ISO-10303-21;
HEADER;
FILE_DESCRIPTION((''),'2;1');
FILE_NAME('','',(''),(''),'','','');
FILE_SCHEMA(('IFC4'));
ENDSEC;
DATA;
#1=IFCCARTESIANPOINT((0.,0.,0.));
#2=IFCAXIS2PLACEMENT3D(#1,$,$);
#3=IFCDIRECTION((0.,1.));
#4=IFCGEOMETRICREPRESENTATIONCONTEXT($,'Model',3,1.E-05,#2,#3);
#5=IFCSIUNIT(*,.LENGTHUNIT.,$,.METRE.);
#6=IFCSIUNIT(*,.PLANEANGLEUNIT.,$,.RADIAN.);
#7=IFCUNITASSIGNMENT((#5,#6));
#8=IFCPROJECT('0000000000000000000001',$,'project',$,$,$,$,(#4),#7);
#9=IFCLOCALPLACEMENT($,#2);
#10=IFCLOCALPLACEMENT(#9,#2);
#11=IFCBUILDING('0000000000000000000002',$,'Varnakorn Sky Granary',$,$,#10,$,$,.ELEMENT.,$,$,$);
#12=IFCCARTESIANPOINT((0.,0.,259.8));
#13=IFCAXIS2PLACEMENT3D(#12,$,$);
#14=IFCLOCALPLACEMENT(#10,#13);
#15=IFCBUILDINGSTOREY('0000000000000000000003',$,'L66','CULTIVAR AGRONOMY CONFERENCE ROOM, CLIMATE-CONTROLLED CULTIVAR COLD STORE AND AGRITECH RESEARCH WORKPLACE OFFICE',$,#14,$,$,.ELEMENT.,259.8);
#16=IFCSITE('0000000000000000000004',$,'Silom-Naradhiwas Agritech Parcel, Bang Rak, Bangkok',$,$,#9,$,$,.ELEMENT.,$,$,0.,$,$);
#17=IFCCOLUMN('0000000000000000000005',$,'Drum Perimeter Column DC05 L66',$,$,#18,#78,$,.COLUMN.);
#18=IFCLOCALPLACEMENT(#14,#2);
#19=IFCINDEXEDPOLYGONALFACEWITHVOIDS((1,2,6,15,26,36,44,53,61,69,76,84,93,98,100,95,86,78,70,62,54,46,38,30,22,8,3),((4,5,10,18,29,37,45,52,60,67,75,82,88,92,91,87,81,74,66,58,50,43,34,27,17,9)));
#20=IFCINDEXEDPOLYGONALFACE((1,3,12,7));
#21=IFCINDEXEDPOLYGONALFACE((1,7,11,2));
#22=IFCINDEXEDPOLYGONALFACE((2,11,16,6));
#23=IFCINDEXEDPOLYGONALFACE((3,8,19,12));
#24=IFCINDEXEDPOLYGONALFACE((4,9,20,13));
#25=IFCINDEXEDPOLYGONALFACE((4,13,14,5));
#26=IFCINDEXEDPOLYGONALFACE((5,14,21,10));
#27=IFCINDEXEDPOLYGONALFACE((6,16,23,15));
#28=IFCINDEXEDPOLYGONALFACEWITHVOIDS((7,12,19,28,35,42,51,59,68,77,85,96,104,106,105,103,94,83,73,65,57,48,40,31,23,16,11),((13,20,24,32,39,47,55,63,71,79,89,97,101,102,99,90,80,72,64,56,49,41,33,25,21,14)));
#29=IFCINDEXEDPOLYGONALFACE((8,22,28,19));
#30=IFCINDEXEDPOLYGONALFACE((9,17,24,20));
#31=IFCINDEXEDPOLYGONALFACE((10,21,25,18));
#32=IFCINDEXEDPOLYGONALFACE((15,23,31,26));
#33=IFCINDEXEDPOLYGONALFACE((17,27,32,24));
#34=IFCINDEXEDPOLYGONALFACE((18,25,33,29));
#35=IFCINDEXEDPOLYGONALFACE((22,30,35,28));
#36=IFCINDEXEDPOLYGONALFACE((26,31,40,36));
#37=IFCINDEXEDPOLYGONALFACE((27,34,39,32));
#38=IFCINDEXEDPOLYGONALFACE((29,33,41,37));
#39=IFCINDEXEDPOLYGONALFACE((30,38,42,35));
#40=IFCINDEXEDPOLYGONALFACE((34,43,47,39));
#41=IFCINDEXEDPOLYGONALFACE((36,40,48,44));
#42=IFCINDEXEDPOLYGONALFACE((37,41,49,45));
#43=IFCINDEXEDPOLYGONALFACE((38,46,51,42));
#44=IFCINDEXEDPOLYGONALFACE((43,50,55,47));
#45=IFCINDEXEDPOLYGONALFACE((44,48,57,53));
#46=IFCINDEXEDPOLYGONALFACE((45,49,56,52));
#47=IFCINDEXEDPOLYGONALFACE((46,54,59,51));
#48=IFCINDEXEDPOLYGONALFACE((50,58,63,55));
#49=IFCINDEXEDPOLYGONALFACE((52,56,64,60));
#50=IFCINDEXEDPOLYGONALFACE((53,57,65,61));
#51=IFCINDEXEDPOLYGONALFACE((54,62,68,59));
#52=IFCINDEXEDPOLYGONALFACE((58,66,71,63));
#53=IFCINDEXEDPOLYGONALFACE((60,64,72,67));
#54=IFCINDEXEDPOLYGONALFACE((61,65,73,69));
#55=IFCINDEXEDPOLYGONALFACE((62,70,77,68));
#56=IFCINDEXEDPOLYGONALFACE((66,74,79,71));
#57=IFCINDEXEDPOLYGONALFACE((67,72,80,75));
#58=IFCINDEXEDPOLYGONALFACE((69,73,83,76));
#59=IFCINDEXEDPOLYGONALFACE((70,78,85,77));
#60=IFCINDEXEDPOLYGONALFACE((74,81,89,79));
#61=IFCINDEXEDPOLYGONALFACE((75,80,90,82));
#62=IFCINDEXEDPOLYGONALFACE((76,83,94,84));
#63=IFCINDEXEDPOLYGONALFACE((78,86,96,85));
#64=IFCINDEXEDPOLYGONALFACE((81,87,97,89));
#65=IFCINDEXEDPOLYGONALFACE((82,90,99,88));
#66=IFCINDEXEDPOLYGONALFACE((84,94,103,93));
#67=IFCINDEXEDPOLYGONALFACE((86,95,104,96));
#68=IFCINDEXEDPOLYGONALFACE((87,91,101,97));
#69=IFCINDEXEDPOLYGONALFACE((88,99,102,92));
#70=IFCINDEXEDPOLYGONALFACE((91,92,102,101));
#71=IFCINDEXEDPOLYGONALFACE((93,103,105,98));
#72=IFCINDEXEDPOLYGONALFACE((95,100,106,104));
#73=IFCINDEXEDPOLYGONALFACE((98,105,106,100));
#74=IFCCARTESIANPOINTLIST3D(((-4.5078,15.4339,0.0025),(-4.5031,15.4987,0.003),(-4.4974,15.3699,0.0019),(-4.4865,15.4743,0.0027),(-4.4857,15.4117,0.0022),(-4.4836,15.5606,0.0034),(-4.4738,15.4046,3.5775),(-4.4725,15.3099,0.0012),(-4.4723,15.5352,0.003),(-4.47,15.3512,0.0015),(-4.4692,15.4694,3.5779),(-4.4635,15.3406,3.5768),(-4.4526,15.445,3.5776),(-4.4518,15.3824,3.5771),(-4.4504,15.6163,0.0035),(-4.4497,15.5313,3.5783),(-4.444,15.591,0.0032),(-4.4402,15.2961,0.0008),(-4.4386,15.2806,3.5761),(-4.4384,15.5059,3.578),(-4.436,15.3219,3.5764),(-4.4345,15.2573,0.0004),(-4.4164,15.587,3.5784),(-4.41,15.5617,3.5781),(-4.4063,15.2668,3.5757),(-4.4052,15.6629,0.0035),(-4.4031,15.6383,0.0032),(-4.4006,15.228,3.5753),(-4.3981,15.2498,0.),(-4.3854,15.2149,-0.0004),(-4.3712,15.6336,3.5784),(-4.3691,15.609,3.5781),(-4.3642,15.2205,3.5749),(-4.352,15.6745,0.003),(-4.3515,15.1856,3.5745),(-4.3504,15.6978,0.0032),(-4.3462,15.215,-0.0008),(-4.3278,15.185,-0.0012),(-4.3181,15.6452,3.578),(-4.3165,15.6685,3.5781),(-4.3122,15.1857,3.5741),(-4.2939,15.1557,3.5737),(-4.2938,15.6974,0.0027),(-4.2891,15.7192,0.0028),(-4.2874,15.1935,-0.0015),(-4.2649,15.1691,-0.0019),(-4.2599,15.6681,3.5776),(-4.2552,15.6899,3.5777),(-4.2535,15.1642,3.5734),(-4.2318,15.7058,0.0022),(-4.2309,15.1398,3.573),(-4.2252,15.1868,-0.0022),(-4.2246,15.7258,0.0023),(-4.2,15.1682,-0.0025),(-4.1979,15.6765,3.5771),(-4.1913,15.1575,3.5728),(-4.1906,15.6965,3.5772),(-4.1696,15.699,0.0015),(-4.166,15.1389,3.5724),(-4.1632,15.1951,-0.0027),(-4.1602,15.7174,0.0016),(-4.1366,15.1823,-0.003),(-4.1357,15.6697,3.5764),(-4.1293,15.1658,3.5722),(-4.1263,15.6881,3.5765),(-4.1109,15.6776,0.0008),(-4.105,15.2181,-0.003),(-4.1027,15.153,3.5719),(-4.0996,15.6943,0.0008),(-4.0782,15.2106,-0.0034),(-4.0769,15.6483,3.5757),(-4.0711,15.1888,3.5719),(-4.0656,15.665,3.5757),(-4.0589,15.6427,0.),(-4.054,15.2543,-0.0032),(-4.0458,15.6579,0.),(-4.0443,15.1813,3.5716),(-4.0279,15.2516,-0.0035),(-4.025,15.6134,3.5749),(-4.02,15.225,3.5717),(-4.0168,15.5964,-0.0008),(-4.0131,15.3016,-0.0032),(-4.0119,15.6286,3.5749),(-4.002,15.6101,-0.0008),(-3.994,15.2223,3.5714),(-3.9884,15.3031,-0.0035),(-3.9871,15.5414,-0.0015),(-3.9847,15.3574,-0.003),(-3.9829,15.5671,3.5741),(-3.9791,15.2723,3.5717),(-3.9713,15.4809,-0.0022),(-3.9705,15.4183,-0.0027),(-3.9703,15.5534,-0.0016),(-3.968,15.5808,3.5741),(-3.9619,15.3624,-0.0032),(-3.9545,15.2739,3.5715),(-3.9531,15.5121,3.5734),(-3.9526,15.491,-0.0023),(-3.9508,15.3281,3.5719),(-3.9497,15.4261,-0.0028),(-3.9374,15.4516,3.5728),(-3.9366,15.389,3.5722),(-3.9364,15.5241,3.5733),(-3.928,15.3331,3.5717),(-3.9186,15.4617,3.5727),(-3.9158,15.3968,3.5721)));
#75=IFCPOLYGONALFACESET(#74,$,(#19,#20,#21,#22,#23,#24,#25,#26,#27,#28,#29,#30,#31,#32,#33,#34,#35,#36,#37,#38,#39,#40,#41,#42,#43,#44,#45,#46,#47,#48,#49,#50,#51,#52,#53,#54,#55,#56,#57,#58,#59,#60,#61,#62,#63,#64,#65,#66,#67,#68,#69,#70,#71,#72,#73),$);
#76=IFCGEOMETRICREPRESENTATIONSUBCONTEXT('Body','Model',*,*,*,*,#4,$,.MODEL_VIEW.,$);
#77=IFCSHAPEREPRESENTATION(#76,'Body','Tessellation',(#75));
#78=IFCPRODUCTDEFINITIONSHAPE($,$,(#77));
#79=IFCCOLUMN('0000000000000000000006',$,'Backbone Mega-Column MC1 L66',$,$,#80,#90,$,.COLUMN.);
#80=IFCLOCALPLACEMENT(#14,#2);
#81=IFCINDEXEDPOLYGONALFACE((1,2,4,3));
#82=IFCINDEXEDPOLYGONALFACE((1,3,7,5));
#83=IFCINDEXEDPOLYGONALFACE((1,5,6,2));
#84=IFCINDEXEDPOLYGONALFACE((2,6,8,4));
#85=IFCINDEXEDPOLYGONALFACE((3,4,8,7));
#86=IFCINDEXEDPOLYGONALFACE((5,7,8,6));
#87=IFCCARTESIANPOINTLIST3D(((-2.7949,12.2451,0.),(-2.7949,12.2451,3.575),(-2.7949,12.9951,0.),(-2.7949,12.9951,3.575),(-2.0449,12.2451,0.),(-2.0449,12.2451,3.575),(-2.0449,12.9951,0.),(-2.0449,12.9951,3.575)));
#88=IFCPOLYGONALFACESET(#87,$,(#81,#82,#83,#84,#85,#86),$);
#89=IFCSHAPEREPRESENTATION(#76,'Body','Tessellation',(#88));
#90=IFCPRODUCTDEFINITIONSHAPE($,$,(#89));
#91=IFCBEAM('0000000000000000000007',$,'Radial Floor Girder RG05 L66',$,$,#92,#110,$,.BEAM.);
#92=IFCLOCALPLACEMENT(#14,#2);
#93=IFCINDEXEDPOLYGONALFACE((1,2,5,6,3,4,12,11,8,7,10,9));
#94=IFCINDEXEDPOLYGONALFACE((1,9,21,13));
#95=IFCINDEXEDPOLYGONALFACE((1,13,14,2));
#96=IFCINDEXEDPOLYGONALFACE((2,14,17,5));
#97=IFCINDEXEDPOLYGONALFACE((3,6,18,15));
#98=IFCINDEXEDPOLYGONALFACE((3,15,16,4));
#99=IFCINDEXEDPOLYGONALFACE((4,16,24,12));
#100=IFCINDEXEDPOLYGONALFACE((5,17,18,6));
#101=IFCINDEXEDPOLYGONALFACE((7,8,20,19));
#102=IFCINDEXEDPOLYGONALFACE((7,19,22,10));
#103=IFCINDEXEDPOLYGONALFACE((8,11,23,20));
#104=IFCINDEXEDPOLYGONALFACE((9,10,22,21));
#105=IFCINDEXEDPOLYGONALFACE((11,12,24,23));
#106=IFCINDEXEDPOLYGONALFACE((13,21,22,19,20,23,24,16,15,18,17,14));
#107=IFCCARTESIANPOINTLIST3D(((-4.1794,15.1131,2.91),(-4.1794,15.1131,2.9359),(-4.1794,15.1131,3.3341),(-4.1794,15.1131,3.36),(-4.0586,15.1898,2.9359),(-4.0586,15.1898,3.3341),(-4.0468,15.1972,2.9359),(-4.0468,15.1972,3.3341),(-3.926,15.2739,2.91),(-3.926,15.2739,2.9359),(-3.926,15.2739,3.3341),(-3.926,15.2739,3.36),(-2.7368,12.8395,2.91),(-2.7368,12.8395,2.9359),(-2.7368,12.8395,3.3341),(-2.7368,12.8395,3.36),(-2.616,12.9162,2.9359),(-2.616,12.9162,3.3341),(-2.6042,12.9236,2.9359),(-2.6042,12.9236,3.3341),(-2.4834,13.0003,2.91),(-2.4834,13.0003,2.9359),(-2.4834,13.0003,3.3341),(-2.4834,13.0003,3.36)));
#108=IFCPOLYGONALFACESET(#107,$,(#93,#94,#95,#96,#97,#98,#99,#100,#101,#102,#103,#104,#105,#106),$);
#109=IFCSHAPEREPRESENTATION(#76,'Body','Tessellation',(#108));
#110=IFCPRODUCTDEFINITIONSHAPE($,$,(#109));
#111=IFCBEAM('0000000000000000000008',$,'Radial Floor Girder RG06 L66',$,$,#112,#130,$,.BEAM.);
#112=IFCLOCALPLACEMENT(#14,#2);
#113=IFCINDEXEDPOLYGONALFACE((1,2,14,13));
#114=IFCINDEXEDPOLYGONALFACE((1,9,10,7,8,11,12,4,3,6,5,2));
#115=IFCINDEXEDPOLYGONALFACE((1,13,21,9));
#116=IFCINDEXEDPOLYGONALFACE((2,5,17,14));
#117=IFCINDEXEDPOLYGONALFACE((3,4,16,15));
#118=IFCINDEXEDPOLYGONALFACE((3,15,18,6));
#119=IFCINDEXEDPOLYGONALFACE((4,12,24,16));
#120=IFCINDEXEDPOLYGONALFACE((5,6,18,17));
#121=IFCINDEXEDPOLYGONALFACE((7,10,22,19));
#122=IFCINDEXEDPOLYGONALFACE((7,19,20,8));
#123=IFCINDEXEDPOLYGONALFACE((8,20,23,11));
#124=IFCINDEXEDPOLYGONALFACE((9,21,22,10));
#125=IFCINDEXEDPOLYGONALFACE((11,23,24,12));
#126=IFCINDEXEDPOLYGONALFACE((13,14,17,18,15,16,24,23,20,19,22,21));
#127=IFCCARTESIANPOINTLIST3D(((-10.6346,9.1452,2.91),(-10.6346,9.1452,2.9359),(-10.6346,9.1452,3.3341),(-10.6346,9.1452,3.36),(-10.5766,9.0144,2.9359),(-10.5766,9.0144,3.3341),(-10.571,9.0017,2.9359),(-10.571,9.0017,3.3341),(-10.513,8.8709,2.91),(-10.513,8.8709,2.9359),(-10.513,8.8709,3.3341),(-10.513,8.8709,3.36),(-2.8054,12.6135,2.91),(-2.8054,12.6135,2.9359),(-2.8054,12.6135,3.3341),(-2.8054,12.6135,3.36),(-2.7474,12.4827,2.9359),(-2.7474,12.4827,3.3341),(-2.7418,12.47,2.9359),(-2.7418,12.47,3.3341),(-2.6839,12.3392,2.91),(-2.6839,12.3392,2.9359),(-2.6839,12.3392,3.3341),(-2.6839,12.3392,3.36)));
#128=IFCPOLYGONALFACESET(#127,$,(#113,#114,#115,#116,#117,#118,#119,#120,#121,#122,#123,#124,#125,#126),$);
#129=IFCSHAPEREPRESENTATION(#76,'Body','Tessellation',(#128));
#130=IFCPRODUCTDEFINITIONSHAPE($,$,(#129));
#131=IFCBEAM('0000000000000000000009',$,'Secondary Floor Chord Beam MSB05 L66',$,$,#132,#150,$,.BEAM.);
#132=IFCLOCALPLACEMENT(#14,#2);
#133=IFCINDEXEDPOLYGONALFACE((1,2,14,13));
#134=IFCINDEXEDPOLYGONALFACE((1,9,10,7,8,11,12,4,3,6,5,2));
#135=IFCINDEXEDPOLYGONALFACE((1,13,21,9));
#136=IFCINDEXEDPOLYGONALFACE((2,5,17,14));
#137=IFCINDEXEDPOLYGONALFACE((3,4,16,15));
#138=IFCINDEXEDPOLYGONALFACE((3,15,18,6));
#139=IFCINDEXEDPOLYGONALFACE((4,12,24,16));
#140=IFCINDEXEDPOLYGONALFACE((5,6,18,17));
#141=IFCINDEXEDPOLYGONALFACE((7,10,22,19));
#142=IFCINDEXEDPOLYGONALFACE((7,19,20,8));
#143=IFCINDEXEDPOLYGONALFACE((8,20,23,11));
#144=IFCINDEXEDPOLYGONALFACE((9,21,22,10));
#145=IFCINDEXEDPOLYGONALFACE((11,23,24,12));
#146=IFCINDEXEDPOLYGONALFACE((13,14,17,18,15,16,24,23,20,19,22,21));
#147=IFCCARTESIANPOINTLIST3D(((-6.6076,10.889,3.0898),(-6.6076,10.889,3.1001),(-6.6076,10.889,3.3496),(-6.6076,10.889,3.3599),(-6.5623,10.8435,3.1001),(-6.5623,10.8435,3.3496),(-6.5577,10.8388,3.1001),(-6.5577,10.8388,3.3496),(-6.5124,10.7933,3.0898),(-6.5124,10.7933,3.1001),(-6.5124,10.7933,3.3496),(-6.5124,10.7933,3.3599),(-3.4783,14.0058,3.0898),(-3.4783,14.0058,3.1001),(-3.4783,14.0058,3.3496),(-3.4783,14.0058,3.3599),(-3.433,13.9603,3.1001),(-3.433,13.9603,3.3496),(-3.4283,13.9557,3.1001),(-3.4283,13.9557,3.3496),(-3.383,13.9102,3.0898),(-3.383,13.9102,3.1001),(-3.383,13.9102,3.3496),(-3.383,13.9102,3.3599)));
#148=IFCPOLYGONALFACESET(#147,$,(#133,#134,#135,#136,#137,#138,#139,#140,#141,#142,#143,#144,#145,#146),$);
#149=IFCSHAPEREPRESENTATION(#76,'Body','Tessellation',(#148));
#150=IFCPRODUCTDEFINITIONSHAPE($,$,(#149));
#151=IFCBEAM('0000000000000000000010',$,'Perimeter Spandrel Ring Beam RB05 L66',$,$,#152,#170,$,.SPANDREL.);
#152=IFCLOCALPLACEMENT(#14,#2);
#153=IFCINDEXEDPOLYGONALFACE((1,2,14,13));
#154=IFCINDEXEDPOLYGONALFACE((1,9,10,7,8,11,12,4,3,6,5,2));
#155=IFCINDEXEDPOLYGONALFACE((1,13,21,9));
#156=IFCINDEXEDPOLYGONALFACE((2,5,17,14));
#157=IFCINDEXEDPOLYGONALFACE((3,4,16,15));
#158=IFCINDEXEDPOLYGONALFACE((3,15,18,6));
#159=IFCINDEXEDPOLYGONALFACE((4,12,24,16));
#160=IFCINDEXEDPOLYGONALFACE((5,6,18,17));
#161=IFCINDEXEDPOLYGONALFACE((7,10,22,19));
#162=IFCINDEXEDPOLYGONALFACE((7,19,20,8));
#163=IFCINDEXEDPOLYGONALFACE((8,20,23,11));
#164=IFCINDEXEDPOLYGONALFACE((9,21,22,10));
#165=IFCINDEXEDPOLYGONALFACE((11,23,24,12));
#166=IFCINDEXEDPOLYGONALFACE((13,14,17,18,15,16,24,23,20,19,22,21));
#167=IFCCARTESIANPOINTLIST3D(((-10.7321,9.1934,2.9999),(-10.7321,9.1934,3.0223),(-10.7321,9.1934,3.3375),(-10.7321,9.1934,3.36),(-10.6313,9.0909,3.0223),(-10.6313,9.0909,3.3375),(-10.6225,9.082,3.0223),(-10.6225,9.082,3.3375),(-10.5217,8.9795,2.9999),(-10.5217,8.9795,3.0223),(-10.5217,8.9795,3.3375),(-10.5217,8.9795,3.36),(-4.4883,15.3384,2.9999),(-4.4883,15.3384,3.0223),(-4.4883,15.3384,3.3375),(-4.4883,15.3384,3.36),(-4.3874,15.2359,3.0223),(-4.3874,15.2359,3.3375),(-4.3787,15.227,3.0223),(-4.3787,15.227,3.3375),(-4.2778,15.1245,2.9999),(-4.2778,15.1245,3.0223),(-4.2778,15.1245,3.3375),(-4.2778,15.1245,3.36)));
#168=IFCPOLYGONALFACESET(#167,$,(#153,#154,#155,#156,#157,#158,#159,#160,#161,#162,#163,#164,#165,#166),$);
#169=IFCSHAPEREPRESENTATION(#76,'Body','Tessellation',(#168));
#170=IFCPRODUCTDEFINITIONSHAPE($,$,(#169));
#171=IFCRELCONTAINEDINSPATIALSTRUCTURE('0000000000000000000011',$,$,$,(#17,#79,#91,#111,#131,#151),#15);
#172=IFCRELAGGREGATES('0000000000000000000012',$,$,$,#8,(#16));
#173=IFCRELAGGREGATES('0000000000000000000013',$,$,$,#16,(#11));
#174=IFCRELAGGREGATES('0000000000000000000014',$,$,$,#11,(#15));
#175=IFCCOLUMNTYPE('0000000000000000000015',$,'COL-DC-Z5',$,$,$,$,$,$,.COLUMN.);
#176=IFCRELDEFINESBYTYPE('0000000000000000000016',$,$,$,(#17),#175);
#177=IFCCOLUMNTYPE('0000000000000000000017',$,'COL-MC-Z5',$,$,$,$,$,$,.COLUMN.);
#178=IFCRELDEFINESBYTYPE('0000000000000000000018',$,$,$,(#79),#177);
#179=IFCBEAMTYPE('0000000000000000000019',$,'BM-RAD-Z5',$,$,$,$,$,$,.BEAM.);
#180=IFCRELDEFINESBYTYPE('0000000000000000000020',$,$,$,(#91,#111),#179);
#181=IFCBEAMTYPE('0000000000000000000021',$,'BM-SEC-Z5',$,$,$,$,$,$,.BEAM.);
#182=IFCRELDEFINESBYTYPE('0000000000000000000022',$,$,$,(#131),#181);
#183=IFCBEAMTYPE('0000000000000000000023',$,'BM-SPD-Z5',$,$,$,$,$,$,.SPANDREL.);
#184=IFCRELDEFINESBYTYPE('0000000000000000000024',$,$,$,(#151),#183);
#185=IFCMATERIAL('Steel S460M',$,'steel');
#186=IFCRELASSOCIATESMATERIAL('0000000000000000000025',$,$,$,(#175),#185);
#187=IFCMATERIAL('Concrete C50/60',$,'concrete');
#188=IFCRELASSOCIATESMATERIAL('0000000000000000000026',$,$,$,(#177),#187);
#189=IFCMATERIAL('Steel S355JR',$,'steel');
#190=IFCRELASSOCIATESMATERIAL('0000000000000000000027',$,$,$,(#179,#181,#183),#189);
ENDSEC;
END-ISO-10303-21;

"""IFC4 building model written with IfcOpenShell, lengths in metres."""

from ifc_helpers import new_model, si_unit, direction, frame, origin, origin_2d, place, context, subcontext, project, spatial, rectangle, hollow_circle, i_section, extrude, material, material_profile, profile_set, type_object, element, save


model = new_model("IFC4")

# Units and contexts
model_context = context("Model", 3, precision=1e-05, world=origin(), true_north=direction((0.0, 1.0)))
body_context = subcontext(model_context, "Body", "Model", "MODEL_VIEW")
ifc_project = project(units=[si_unit("LENGTHUNIT", "METRE"), si_unit("PLANEANGLEUNIT", "RADIAN")], contexts=[model_context])

# Site, building, storey
site_placement = place(None, origin())
site = spatial("IfcSite", under=ifc_project, at=site_placement, Name="Silom-Naradhiwas Agritech Parcel, Bang Rak, Bangkok", CompositionType="ELEMENT", RefElevation=0.0)
building_placement = place(site_placement, origin())
building = spatial("IfcBuilding", under=site, at=building_placement, Name="Varnakorn Sky Granary", CompositionType="ELEMENT")
storey_placement = place(building_placement, frame((0.0, 0.0, 259.8)))
storey = spatial("IfcBuildingStorey", under=building, at=storey_placement, Name="L66", Description="CULTIVAR AGRONOMY CONFERENCE ROOM, CLIMATE-CONTROLLED CULTIVAR COLD STORE AND AGRITECH RESEARCH WORKPLACE OFFICE", CompositionType="ELEMENT", Elevation=259.8)

# Columns
ifc_material_1 = material(Name="Steel S460M", Category="steel")
ifc_material_profile_1 = material_profile(ifc_material_1, hollow_circle(Radius=0.2795, WallThickness=0.02, at=origin_2d()), Name="CHS 559x20")
ifc_profile_set_1 = profile_set([ifc_material_profile_1], Name="Steel S460M")
column_type_1 = type_object("IfcColumnType", Name="COL-DC-Z5", PredefinedType="COLUMN", material=ifc_profile_set_1)
column_1_placement = place(storey_placement, frame((-4.2285, 15.4463, 0.0), z_axis=(0.009492, -0.008194, 0.999921), x_axis=(0.653478, 0.756945, 0.0)))
element("IfcColumn", 1, at=column_1_placement, inside=storey, type_object=column_type_1, Name="Drum Perimeter Column DC05 L66", PredefinedType="COLUMN", context=body_context, shape_type="SweptSolid", body=[
    extrude(hollow_circle(Radius=0.2795, WallThickness=0.02, at=origin_2d()), origin(), (0.0, 0.0, 1.0), 3.5752),
])
ifc_material_2 = material(Name="Concrete C50/60", Category="concrete")
ifc_material_profile_2 = material_profile(ifc_material_2, rectangle(XDim=0.75, YDim=0.75, at=origin_2d()), Name="RC 750x750")
ifc_profile_set_2 = profile_set([ifc_material_profile_2], Name="Concrete C50/60")
column_type_2 = type_object("IfcColumnType", Name="COL-MC-Z5", PredefinedType="COLUMN", material=ifc_profile_set_2)
column_2_placement = place(storey_placement, frame((-2.4199, 12.6201, 0.0), z_axis=(0.0, 0.0, 1.0), x_axis=(1.0, 0.0, 0.0)))
element("IfcColumn", 2, at=column_2_placement, inside=storey, type_object=column_type_2, Name="Backbone Mega-Column MC1 L66", PredefinedType="COLUMN", context=body_context, shape_type="SweptSolid", body=[
    extrude(rectangle(XDim=0.75, YDim=0.75, at=origin_2d()), origin(), (0.0, 0.0, 1.0), 3.575),
])

# Beams
ifc_material_3 = material(Name="Steel S355JR", Category="steel")
ifc_material_profile_3 = material_profile(ifc_material_3, i_section(OverallWidth=0.3, OverallDepth=0.45, WebThickness=0.0139, FlangeThickness=0.0259, at=origin_2d()), Name="HE 450 B")
ifc_profile_set_3 = profile_set([ifc_material_profile_3], Name="Steel S355JR")
beam_type_1 = type_object("IfcBeamType", Name="BM-RAD-Z5", PredefinedType="BEAM", material=ifc_profile_set_3)
beam_1_placement = place(storey_placement, frame((-2.6101, 12.9199, 3.135), z_axis=(-0.535749, 0.844378, 0.0), x_axis=(-0.844378, -0.535749, 0.0)))
element("IfcBeam", 3, at=beam_1_placement, inside=storey, type_object=beam_type_1, Name="Radial Floor Girder RG05 L66", PredefinedType="BEAM", context=body_context, shape_type="SweptSolid", body=[
    extrude(i_section(OverallWidth=0.3, OverallDepth=0.45, WebThickness=0.0139, FlangeThickness=0.0259, at=origin_2d()), origin(), (0.0, 0.0, 1.0), 2.6926),
])
beam_2_placement = place(storey_placement, frame((-2.7446, 12.4763, 3.135), z_axis=(-0.914302, -0.405032, 0.0), x_axis=(0.405032, -0.914302, 0.0)))
element("IfcBeam", 4, at=beam_2_placement, inside=storey, type_object=beam_type_1, Name="Radial Floor Girder RG06 L66", PredefinedType="BEAM", context=body_context, shape_type="SweptSolid", body=[
    extrude(i_section(OverallWidth=0.3, OverallDepth=0.45, WebThickness=0.0139, FlangeThickness=0.0259, at=origin_2d()), origin(), (0.0, 0.0, 1.0), 8.563),
])
ifc_material_profile_4 = material_profile(ifc_material_3, i_section(OverallWidth=0.135, OverallDepth=0.27, WebThickness=0.0066, FlangeThickness=0.0103, at=origin_2d()), Name="IPE 270")
ifc_profile_set_4 = profile_set([ifc_material_profile_4], Name="Steel S355JR")
beam_type_2 = type_object("IfcBeamType", Name="BM-SEC-Z5", PredefinedType="BEAM", material=ifc_profile_set_4)
beam_3_placement = place(storey_placement, frame((-3.4307, 13.958, 3.2249), z_axis=(-0.708515, -0.705696, 0.0), x_axis=(0.705696, -0.708515, 0.0)))
element("IfcBeam", 5, at=beam_3_placement, inside=storey, type_object=beam_type_2, Name="Secondary Floor Chord Beam MSB05 L66", PredefinedType="BEAM", context=body_context, shape_type="SweptSolid", body=[
    extrude(i_section(OverallWidth=0.135, OverallDepth=0.27, WebThickness=0.0066, FlangeThickness=0.0103, at=origin_2d()), origin(), (0.0, 0.0, 1.0), 4.4167),
])
ifc_material_profile_5 = material_profile(ifc_material_3, i_section(OverallWidth=0.3, OverallDepth=0.3601, WebThickness=0.0125, FlangeThickness=0.0225, at=origin_2d()), Name="HE 360 B")
ifc_profile_set_5 = profile_set([ifc_material_profile_5], Name="Steel S355JR")
beam_type_3 = type_object("IfcBeamType", Name="BM-SPD-Z5", PredefinedType="SPANDREL", material=ifc_profile_set_5)
beam_4_placement = place(storey_placement, frame((-4.3831, 15.2314, 3.1799), z_axis=(-0.712728, -0.701441, 0.0), x_axis=(0.701441, -0.712728, 0.0)))
element("IfcBeam", 6, at=beam_4_placement, inside=storey, type_object=beam_type_3, Name="Perimeter Spandrel Ring Beam RB05 L66", PredefinedType="SPANDREL", context=body_context, shape_type="SweptSolid", body=[
    extrude(i_section(OverallWidth=0.3, OverallDepth=0.3601, WebThickness=0.0125, FlangeThickness=0.0225, at=origin_2d()), origin(), (0.0, 0.0, 1.0), 8.7605),
])

save(model, "model.ifc")
